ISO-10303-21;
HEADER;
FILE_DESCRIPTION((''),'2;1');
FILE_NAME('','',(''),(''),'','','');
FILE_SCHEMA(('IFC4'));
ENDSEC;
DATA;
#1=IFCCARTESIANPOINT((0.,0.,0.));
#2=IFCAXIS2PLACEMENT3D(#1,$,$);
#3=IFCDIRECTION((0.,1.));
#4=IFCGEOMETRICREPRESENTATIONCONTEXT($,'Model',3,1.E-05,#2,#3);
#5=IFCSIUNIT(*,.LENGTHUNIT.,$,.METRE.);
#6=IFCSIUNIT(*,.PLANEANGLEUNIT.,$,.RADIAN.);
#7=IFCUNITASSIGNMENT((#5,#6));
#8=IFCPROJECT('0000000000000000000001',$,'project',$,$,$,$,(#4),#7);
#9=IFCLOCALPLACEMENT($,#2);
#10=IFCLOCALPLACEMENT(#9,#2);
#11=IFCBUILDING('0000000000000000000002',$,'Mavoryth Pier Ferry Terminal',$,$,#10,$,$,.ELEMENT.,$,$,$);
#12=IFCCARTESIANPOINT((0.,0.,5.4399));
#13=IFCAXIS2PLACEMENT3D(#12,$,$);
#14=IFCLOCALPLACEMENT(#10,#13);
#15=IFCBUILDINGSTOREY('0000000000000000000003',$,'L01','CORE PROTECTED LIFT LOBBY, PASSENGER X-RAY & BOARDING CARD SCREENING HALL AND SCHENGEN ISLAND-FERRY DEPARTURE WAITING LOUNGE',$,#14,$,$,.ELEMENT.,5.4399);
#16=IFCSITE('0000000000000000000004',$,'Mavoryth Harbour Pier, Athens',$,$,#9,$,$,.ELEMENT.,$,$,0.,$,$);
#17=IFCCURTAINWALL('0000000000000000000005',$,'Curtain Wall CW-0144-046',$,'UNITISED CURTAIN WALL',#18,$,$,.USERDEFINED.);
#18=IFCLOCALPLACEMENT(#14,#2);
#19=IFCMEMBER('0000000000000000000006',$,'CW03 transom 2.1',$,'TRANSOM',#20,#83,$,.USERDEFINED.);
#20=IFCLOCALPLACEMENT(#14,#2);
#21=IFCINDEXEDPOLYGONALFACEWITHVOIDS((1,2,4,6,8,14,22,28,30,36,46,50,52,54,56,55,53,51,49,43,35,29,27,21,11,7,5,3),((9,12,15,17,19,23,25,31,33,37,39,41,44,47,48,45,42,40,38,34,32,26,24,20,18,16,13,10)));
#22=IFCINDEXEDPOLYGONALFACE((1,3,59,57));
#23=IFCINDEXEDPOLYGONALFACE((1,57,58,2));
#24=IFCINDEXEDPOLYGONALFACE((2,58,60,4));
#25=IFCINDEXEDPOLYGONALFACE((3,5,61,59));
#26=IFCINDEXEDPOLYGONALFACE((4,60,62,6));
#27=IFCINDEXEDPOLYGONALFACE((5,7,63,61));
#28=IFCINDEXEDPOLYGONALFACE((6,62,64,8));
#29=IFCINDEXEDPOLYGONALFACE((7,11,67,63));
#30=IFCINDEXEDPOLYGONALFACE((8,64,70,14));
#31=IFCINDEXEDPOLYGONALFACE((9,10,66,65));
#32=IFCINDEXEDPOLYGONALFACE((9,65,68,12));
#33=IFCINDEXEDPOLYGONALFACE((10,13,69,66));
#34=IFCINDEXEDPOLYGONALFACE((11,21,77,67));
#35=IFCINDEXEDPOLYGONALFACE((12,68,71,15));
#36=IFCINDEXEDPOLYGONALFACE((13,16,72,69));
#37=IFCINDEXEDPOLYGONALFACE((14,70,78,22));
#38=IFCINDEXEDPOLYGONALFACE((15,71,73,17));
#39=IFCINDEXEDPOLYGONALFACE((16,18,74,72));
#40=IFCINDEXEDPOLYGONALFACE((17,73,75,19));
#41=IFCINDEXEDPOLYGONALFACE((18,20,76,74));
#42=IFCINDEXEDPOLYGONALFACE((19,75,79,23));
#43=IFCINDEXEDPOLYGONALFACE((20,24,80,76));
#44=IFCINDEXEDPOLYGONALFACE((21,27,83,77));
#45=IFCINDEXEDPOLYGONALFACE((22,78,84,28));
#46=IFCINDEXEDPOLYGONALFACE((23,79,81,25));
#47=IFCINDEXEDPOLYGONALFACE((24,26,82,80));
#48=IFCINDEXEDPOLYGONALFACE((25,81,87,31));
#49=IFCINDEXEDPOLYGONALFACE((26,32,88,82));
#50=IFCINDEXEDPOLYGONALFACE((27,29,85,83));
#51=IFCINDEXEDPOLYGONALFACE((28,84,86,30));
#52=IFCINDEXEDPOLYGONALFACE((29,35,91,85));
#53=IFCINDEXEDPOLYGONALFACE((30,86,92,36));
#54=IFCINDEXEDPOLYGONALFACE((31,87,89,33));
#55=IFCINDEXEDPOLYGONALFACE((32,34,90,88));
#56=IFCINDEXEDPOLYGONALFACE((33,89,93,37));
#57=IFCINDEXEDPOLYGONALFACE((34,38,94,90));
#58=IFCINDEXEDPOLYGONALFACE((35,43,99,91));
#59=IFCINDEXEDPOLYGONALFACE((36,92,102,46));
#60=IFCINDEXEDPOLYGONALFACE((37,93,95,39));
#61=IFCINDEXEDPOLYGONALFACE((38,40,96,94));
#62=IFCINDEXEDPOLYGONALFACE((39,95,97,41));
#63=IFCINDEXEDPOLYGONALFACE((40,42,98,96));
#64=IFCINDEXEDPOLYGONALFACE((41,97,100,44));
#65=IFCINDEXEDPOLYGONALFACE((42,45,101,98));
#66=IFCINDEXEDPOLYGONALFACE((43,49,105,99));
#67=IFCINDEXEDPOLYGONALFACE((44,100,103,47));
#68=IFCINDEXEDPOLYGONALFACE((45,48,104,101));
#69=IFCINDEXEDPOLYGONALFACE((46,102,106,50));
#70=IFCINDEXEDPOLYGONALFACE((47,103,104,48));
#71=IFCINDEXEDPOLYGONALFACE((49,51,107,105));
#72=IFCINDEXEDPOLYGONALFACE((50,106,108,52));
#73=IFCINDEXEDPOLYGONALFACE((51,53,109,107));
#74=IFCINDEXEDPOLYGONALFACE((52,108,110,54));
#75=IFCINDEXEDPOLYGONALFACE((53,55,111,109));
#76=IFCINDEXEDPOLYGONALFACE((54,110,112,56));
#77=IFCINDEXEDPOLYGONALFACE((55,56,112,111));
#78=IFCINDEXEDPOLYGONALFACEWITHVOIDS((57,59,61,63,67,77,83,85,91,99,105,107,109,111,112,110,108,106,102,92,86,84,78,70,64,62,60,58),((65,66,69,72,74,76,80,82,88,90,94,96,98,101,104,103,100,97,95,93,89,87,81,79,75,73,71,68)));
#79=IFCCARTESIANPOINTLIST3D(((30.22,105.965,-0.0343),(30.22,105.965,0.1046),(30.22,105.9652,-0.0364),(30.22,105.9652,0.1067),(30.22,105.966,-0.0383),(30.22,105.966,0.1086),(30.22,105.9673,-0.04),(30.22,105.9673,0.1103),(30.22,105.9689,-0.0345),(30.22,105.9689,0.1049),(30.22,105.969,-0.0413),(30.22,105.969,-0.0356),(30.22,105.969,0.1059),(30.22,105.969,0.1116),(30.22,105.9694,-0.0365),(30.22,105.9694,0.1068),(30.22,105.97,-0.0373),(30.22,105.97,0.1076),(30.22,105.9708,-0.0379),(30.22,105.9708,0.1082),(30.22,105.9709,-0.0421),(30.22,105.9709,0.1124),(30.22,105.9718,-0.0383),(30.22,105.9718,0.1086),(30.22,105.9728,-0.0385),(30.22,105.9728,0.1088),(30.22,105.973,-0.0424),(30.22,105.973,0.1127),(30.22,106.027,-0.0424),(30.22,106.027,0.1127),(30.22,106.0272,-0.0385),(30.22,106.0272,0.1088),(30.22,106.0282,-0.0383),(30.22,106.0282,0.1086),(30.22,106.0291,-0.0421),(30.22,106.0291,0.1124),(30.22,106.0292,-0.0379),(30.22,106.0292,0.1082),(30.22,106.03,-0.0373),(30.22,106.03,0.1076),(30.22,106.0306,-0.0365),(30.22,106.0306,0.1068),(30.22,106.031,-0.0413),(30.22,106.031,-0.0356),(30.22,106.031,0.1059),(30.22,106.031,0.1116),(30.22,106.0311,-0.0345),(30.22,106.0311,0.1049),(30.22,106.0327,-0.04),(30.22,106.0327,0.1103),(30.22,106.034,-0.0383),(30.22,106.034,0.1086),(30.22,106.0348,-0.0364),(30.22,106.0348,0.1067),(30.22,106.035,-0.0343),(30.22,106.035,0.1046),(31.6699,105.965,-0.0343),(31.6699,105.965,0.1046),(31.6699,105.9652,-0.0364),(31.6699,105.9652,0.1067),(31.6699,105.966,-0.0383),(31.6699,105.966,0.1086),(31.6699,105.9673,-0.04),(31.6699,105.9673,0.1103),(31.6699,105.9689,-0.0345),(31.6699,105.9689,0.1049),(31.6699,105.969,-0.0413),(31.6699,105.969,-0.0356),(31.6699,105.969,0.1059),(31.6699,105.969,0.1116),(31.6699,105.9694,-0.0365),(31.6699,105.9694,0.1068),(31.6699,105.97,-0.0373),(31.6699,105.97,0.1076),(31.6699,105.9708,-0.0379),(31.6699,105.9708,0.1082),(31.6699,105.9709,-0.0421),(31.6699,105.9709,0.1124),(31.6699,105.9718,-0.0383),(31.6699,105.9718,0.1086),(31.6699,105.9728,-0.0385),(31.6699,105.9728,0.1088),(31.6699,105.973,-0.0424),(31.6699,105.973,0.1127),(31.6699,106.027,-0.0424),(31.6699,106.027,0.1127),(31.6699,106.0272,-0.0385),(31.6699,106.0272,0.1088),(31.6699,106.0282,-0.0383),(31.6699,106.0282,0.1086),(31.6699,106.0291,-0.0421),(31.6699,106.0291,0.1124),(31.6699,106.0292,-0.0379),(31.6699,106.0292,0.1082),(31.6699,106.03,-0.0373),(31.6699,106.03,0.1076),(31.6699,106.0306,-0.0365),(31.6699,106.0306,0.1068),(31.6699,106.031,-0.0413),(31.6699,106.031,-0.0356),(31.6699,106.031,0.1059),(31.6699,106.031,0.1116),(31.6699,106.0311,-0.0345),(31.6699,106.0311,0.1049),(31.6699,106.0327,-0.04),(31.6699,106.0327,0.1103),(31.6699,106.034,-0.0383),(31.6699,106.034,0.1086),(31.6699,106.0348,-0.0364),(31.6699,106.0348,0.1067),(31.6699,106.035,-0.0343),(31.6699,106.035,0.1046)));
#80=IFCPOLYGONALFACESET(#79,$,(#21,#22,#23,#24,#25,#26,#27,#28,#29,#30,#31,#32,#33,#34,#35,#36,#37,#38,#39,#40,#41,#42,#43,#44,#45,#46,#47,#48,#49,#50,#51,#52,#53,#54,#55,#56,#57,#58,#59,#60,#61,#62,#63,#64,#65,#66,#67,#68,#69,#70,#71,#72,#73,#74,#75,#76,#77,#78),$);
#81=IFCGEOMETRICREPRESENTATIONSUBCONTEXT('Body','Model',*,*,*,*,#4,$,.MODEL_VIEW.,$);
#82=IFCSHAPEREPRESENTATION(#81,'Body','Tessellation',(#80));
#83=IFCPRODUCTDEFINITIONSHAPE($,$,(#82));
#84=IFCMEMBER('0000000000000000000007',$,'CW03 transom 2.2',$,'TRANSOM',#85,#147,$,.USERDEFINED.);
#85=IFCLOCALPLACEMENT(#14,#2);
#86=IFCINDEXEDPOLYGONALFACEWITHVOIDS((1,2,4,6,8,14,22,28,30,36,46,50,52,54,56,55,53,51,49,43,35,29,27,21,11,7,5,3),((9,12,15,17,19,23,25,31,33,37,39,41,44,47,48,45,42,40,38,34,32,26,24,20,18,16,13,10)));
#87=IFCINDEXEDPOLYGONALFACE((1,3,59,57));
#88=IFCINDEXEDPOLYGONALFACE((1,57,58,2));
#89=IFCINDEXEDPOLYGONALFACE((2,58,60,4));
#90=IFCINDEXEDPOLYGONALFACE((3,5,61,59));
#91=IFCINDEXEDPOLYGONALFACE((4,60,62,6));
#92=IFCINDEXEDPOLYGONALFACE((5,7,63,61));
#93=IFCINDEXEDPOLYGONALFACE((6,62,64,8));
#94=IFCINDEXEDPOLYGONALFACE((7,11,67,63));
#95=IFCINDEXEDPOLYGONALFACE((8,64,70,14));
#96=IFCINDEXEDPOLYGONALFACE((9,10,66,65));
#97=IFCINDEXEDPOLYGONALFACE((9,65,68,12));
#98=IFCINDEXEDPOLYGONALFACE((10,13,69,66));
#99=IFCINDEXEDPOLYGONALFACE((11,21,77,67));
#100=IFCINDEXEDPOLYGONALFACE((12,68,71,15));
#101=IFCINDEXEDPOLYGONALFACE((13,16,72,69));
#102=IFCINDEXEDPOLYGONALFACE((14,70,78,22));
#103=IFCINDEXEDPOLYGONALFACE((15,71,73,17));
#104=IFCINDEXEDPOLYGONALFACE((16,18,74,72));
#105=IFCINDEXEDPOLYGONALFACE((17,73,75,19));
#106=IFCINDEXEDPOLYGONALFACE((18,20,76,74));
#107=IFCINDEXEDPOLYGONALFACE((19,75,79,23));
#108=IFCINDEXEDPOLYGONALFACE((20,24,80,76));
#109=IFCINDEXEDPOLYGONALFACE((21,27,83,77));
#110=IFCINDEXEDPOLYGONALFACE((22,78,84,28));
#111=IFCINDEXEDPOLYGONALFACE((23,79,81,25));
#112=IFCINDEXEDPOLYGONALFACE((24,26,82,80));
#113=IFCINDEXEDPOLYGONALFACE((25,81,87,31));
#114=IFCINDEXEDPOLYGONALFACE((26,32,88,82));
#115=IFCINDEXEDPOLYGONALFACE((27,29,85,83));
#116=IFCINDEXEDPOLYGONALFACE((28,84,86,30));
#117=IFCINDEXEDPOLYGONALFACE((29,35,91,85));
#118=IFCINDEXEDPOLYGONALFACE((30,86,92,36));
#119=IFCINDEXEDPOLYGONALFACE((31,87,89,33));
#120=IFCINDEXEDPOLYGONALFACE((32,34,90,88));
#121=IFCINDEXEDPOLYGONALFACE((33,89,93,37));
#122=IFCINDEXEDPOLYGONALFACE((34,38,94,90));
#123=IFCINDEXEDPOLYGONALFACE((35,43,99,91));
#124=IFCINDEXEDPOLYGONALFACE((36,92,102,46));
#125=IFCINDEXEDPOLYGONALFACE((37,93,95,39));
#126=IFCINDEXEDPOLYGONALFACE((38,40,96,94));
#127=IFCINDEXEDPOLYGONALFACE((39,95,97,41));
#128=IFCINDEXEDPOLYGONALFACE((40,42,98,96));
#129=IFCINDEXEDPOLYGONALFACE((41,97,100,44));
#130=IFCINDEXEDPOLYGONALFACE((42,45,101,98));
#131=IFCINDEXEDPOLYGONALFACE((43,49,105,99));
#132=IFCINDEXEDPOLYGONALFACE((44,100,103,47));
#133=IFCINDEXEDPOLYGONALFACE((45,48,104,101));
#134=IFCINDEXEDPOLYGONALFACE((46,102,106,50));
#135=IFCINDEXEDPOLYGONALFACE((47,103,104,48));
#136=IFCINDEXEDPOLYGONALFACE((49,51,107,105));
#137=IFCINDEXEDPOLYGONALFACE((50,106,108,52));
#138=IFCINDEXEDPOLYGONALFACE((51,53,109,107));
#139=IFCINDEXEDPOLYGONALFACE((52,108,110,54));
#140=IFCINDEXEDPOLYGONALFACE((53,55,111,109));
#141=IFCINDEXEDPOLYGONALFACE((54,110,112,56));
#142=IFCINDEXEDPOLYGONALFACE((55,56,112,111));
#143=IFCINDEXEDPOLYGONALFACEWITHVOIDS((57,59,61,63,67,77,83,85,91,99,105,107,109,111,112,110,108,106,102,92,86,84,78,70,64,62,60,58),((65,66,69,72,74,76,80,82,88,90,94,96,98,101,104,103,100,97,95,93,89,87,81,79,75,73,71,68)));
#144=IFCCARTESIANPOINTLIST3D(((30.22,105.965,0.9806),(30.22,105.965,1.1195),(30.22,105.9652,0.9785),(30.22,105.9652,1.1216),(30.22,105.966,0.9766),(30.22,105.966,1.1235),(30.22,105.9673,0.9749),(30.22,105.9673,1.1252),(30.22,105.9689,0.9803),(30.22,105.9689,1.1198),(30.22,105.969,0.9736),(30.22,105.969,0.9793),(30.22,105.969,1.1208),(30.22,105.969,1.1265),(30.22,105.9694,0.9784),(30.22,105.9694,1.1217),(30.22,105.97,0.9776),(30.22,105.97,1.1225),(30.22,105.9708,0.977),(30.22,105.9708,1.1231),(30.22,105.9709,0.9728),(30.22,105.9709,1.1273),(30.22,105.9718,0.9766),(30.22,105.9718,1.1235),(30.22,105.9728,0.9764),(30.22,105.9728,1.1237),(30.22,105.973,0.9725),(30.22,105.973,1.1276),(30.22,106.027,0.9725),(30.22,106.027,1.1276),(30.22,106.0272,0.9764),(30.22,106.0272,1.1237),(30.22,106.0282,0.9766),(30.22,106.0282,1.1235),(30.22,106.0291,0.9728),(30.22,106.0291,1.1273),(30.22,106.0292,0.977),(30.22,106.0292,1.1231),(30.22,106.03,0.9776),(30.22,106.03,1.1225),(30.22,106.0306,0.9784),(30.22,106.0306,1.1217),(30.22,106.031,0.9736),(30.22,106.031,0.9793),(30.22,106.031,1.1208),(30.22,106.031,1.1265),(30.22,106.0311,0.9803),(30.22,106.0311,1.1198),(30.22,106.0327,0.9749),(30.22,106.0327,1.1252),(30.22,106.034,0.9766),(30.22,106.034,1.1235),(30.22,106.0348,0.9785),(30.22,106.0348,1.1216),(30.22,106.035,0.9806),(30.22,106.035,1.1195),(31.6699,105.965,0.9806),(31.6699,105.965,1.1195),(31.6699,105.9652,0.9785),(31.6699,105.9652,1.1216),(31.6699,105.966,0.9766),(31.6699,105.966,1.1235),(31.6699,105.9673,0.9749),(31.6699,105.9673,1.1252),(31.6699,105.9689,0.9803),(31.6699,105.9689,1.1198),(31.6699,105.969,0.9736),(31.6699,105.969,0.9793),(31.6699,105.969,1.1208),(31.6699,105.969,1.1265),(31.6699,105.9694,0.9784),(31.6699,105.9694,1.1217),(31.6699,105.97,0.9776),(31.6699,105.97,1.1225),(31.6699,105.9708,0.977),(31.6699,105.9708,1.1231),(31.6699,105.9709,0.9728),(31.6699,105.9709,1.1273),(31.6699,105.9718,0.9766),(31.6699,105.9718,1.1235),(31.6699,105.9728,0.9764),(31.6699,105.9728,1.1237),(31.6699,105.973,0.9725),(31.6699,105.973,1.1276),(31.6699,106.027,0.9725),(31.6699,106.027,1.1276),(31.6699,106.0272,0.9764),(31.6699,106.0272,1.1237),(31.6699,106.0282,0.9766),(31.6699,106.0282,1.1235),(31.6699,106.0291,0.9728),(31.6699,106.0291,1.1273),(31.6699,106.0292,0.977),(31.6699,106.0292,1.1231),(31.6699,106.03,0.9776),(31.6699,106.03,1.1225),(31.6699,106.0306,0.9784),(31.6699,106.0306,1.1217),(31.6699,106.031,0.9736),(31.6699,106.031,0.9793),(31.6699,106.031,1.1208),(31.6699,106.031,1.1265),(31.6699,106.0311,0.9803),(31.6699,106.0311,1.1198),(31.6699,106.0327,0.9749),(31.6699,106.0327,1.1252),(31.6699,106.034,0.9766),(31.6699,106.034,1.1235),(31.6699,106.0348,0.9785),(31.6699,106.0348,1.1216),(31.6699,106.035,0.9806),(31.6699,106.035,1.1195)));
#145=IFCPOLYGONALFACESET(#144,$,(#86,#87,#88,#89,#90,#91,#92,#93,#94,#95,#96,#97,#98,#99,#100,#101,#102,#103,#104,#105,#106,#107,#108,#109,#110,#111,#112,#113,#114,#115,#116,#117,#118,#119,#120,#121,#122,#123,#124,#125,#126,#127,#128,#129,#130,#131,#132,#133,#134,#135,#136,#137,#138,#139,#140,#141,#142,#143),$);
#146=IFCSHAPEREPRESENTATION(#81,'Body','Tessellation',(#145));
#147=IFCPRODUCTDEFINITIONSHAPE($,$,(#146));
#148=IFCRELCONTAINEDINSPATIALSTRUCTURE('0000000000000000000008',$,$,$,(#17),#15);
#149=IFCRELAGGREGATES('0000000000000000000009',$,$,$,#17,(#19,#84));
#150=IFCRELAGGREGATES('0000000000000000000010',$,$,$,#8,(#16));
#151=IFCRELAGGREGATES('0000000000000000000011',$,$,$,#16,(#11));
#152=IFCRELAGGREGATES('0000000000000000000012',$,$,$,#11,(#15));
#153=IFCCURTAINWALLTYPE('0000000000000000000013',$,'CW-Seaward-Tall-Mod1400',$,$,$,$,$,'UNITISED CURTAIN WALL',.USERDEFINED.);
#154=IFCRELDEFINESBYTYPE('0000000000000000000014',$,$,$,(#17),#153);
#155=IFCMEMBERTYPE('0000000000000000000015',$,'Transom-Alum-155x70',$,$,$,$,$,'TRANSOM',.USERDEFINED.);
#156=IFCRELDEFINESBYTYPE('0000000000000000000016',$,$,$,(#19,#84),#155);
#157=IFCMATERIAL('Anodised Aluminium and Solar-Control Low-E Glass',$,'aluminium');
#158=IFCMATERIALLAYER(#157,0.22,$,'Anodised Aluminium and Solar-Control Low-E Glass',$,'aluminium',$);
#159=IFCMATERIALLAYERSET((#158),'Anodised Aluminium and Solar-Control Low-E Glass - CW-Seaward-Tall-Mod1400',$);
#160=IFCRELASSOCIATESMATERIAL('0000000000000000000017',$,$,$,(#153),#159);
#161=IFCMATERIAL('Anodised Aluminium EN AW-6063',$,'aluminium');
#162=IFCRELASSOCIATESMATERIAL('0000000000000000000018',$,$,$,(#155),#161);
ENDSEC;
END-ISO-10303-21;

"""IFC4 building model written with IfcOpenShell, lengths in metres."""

from ifc_helpers import new_model, si_unit, direction, frame, origin, origin_2d, place, context, subcontext, project, spatial, hollow_rectangle, extrude, material, layer, layer_set, material_profile, profile_set, type_object, element, aggregate, save


model = new_model("IFC4")

# Units and contexts
model_context = context("Model", 3, precision=1e-05, world=origin(), true_north=direction((0.0, 1.0)))
body_context = subcontext(model_context, "Body", "Model", "MODEL_VIEW")
ifc_project = project(units=[si_unit("LENGTHUNIT", "METRE"), si_unit("PLANEANGLEUNIT", "RADIAN")], contexts=[model_context])

# Site, building, storey
site_placement = place(None, origin())
site = spatial("IfcSite", under=ifc_project, at=site_placement, Name="Mavoryth Harbour Pier, Athens", CompositionType="ELEMENT", RefElevation=0.0)
building_placement = place(site_placement, origin())
building = spatial("IfcBuilding", under=site, at=building_placement, Name="Mavoryth Pier Ferry Terminal", CompositionType="ELEMENT")
storey_placement = place(building_placement, frame((0.0, 0.0, 5.4399)))
storey = spatial("IfcBuildingStorey", under=building, at=storey_placement, Name="L01", Description="CORE PROTECTED LIFT LOBBY, PASSENGER X-RAY & BOARDING CARD SCREENING HALL AND SCHENGEN ISLAND-FERRY DEPARTURE WAITING LOUNGE", CompositionType="ELEMENT", Elevation=5.4399)

# Curtain wall
ifc_material_1 = material(Name="Anodised Aluminium and Solar-Control Low-E Glass", Category="aluminium")
ifc_material_2 = material(Name="Anodised Aluminium EN AW-6063", Category="aluminium")
ifc_layer_1 = layer(ifc_material_1, 0.22, Name="Anodised Aluminium and Solar-Control Low-E Glass", Category="aluminium")
ifc_layer_set_1 = layer_set([ifc_layer_1], Name="Anodised Aluminium and Solar-Control Low-E Glass - CW-Seaward-Tall-Mod1400")
curtain_wall_type_1 = type_object("IfcCurtainWallType", Name="CW-Seaward-Tall-Mod1400", ElementType="UNITISED CURTAIN WALL", PredefinedType="USERDEFINED", material=ifc_layer_set_1)
curtain_wall_1_placement = place(storey_placement, origin())
curtain_wall_1 = element("IfcCurtainWall", 1, at=curtain_wall_1_placement, inside=storey, type_object=curtain_wall_type_1, Name="Curtain Wall CW-0144-046", ObjectType="UNITISED CURTAIN WALL", PredefinedType="USERDEFINED")

# Members
ifc_material_profile_1 = material_profile(ifc_material_2, hollow_rectangle(XDim=0.0701, YDim=0.155, WallThickness=0.0039, InnerFilletRadius=0.0039, OuterFilletRadius=0.0081, at=origin_2d()), Name="AL-TRAN 155x70x4", Category="aluminium")
ifc_profile_set_1 = profile_set([ifc_material_profile_1], Name="Anodised Aluminium EN AW-6063 - AL-TRAN 155x70x4")
member_type_1 = type_object("IfcMemberType", Name="Transom-Alum-155x70", ElementType="TRANSOM", PredefinedType="USERDEFINED", material=ifc_profile_set_1)
member_1_placement = place(storey_placement, frame((31.6699, 106.0, 0.0352), z_axis=(-1.0, 0.0, 0.0), x_axis=(0.0, -1.0, 0.0)))
member_1 = element("IfcMember", 2, at=member_1_placement, type_object=member_type_1, Name="CW03 transom 2.1", ObjectType="TRANSOM", PredefinedType="USERDEFINED", context=body_context, shape_type="SweptSolid", body=[
    extrude(hollow_rectangle(XDim=0.0701, YDim=0.155, WallThickness=0.0039, InnerFilletRadius=0.0039, OuterFilletRadius=0.0081, at=origin_2d()), origin(), (0.0, 0.0, 1.0), 1.45),
])
member_2_placement = place(storey_placement, frame((31.6699, 106.0, 1.05), z_axis=(-1.0, 0.0, 0.0), x_axis=(0.0, -1.0, 0.0)))
member_2 = element("IfcMember", 3, at=member_2_placement, type_object=member_type_1, Name="CW03 transom 2.2", ObjectType="TRANSOM", PredefinedType="USERDEFINED", context=body_context, shape_type="SweptSolid", body=[
    extrude(hollow_rectangle(XDim=0.0701, YDim=0.155, WallThickness=0.0039, InnerFilletRadius=0.0039, OuterFilletRadius=0.0081, at=origin_2d()), origin(), (0.0, 0.0, 1.0), 1.45),
])

aggregate(curtain_wall_1, [member_1, member_2])

save(model, "model.ifc")
